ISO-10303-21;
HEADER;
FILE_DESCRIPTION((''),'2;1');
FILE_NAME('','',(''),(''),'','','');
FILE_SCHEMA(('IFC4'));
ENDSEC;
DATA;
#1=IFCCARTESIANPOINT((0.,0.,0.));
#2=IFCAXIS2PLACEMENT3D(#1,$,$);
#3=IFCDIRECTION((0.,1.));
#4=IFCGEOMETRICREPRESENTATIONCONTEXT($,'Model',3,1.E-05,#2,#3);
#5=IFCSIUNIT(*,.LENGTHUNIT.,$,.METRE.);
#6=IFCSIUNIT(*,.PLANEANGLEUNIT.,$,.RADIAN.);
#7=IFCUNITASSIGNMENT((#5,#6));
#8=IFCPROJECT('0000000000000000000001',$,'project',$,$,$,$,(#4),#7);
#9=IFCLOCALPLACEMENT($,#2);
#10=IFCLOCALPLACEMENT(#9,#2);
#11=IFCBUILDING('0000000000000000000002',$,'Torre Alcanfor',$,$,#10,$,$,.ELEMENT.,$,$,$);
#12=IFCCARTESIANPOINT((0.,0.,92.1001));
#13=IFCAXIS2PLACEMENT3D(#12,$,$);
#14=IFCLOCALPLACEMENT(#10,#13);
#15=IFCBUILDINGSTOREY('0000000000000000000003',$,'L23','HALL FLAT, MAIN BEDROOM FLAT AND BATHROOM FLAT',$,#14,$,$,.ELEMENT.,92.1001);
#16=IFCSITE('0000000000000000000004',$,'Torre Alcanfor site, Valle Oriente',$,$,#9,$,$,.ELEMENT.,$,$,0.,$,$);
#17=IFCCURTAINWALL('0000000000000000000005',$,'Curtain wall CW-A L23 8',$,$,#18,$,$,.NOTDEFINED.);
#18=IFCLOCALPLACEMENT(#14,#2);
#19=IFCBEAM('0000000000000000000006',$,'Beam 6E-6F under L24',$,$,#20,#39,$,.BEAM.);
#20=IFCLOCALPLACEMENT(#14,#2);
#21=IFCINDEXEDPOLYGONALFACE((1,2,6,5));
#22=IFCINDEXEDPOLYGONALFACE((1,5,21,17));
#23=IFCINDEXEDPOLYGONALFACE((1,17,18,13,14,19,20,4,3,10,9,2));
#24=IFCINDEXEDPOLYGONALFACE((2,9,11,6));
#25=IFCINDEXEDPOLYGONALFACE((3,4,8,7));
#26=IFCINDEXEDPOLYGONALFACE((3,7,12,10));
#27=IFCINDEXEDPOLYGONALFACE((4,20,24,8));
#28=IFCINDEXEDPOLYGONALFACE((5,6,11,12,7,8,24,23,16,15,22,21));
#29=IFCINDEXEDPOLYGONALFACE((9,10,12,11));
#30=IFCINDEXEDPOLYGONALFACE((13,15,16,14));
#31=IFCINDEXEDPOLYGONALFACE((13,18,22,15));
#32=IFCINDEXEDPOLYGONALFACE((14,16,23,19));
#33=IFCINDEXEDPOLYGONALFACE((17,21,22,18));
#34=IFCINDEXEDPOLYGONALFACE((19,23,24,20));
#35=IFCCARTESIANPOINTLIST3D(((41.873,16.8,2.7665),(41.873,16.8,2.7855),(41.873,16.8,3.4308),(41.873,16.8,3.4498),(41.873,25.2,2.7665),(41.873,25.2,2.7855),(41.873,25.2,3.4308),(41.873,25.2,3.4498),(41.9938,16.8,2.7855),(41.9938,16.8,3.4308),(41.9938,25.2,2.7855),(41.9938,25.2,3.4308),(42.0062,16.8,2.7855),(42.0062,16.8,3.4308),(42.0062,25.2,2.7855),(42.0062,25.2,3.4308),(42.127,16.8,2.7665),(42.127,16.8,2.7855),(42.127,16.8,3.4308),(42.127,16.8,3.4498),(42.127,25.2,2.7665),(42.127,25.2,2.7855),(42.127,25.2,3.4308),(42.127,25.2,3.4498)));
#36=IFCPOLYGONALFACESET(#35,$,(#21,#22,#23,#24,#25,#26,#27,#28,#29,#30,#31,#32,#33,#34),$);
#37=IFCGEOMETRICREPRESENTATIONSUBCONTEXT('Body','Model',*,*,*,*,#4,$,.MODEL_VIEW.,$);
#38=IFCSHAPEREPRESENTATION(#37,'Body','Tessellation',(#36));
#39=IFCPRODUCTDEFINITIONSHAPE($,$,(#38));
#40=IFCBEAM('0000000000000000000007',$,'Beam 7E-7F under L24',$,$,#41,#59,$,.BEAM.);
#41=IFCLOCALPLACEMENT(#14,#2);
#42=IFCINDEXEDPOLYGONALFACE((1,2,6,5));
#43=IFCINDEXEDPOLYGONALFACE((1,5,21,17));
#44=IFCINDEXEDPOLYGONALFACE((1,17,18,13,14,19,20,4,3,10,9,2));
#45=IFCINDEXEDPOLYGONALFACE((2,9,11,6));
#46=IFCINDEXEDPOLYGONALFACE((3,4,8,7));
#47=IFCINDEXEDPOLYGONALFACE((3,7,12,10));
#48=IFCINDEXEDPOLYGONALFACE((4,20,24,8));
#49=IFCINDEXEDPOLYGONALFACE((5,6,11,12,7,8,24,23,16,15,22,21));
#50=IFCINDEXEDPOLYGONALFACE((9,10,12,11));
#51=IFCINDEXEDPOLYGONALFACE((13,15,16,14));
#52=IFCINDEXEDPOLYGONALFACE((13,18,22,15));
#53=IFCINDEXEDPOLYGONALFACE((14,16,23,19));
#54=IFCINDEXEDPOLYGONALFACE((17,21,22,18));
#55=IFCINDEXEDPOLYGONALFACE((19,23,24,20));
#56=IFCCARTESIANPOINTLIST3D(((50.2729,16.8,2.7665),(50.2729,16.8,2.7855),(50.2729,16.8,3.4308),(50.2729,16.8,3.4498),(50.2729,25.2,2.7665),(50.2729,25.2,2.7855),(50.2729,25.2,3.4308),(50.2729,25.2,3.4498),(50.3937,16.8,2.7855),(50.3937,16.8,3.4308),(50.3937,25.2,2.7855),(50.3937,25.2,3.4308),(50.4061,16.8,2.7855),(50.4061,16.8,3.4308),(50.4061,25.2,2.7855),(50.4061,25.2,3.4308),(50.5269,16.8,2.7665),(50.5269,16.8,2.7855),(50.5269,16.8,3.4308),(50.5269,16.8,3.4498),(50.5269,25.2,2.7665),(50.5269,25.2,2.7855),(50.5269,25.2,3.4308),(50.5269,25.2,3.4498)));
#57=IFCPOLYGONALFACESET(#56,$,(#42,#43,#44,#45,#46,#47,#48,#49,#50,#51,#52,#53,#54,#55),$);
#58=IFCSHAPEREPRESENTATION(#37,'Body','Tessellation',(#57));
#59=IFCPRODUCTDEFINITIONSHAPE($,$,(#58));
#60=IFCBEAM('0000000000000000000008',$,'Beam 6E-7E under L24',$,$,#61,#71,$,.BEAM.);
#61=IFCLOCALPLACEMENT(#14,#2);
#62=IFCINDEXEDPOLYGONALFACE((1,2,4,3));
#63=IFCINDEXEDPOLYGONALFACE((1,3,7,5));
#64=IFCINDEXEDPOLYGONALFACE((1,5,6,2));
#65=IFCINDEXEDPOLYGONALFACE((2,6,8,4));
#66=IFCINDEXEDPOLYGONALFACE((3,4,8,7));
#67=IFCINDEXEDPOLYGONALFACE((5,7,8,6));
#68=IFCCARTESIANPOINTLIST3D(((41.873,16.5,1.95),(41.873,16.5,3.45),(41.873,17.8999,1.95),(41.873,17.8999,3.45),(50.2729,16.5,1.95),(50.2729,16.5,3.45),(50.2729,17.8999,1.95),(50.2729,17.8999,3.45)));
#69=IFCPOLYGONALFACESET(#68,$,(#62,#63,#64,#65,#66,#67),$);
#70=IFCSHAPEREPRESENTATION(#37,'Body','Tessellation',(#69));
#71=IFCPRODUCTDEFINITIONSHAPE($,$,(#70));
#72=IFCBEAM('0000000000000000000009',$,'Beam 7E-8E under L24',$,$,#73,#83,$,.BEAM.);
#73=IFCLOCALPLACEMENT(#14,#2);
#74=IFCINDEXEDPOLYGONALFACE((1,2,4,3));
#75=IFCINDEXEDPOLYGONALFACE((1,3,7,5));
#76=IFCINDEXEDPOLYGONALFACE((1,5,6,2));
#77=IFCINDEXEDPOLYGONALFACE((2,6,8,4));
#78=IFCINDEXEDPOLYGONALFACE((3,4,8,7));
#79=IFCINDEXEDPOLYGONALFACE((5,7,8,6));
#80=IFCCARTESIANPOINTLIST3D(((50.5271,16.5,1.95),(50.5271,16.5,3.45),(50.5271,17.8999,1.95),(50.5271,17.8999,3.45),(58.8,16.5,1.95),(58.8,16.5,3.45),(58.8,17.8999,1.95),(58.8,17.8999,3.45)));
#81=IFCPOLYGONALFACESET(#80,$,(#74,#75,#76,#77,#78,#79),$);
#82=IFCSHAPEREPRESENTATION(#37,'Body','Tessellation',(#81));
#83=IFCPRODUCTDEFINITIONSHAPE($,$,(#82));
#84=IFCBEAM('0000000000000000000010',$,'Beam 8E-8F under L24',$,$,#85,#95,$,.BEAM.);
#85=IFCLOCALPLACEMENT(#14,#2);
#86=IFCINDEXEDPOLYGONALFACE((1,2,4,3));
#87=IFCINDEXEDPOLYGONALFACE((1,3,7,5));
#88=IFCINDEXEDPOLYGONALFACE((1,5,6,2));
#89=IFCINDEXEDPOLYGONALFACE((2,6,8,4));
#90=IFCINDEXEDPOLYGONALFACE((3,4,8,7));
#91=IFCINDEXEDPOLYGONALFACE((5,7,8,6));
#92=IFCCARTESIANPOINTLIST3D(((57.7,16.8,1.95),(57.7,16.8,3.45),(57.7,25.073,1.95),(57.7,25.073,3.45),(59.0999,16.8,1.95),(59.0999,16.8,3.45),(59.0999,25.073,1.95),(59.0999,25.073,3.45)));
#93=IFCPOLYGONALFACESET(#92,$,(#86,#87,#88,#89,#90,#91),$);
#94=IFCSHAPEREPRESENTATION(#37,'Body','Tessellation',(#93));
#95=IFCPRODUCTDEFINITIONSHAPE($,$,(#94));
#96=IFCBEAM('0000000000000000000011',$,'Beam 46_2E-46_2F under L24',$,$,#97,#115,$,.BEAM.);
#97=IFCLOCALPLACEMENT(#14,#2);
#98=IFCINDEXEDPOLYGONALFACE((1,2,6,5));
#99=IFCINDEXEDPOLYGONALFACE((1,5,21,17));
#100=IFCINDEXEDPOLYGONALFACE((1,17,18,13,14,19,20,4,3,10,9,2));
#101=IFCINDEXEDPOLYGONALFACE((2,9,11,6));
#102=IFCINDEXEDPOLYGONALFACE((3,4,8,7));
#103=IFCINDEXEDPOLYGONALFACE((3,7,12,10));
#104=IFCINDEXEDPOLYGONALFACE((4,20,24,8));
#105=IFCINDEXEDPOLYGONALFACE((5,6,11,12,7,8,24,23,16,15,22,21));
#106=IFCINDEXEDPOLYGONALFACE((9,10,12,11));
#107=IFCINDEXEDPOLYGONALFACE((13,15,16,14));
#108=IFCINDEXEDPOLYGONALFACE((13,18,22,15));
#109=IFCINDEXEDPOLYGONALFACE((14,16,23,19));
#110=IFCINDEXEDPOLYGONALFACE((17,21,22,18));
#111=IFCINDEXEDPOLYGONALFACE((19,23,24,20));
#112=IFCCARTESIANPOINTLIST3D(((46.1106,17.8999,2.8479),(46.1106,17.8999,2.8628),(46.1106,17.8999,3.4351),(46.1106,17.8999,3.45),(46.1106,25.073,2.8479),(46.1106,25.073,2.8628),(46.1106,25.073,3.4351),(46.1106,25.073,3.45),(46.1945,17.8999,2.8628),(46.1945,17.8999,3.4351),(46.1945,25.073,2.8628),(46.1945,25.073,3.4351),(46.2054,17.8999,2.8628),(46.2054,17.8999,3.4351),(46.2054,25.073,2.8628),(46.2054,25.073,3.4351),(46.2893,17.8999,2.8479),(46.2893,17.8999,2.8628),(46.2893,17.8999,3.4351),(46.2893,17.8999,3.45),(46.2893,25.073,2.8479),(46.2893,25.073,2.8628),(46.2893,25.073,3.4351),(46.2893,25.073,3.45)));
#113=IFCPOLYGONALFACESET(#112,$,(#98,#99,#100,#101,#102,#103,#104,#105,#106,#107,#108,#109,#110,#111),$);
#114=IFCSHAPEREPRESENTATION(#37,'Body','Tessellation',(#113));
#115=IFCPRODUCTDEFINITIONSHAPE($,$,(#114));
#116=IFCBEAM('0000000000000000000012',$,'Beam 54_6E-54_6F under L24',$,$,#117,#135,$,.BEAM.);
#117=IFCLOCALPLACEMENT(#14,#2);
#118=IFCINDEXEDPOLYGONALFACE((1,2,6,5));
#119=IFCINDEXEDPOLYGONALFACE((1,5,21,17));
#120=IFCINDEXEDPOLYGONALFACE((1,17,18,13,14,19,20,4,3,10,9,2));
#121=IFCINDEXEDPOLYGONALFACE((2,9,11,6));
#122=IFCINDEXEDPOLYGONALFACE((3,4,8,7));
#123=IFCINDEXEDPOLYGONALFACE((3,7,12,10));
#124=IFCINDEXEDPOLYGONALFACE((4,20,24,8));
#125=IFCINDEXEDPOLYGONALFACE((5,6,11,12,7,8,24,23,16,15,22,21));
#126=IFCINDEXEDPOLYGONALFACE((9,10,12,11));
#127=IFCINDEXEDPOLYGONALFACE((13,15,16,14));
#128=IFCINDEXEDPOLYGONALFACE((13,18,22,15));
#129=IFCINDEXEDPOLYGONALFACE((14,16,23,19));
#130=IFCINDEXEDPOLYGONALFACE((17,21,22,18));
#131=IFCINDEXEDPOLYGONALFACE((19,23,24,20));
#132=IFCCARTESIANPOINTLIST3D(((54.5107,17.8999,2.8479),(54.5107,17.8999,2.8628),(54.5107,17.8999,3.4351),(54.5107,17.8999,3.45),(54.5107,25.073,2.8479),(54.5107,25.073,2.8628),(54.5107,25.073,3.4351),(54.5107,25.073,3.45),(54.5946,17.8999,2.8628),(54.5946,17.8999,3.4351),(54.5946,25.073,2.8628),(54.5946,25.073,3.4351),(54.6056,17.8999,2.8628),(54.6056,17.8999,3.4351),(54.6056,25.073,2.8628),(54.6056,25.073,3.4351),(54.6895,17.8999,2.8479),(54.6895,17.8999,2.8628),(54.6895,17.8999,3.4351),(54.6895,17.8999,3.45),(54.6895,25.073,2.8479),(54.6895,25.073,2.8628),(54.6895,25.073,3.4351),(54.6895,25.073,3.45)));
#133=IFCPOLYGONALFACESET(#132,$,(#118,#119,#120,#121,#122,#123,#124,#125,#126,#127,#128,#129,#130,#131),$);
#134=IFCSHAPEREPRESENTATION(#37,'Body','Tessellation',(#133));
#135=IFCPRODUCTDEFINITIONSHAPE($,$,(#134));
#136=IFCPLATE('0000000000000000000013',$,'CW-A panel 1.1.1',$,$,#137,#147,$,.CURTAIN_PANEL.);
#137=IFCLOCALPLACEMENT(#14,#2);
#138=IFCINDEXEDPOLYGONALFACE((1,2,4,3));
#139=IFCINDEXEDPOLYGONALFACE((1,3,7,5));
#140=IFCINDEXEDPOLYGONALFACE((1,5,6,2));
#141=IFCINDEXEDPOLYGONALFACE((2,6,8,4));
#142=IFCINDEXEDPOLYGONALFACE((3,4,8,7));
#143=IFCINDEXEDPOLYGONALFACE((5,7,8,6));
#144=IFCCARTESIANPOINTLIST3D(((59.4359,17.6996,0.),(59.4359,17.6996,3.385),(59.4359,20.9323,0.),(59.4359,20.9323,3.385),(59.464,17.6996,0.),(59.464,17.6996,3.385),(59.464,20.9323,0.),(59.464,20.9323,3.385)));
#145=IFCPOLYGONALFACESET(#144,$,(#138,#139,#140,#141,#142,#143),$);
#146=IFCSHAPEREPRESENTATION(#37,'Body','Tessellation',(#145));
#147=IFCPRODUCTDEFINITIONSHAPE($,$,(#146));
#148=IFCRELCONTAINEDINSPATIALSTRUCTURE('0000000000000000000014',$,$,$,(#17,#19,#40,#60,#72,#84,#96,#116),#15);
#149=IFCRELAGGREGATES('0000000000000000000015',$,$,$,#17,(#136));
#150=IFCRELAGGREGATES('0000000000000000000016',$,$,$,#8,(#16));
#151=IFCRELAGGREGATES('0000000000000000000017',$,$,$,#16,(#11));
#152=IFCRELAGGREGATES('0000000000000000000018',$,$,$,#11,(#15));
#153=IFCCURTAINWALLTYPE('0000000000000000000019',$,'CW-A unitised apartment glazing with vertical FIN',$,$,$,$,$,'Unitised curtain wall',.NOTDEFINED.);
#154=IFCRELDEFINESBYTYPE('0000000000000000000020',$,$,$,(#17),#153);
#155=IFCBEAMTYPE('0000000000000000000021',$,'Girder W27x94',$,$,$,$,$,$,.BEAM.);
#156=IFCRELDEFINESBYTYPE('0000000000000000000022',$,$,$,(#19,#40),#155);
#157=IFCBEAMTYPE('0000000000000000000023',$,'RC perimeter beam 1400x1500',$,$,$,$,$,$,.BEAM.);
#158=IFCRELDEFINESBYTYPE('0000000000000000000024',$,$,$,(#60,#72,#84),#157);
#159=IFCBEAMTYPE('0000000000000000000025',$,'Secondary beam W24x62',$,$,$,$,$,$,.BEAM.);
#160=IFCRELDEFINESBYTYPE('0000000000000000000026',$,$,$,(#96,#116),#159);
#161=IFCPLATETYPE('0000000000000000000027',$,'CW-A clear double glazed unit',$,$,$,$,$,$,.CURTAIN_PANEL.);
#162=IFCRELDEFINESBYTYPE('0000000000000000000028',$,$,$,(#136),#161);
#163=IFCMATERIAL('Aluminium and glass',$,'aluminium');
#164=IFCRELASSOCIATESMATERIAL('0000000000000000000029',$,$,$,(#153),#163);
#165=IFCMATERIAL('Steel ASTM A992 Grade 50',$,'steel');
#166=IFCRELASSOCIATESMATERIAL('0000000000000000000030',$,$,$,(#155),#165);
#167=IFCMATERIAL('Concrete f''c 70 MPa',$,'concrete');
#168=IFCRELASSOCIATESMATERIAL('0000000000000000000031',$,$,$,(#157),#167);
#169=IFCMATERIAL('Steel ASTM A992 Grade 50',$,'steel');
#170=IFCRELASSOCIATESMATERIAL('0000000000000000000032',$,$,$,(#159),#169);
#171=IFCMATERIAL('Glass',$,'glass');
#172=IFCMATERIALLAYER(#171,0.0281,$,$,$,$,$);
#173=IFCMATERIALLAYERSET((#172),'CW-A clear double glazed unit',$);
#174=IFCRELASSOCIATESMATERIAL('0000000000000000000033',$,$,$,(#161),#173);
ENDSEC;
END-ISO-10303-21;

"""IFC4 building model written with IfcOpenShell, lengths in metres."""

from ifc_helpers import new_model, si_unit, direction, frame, origin, origin_2d, place, context, subcontext, project, spatial, rectangle, i_section, extrude, material, layer, layer_set, material_profile, profile_set, type_object, element, aggregate, save


model = new_model("IFC4")

# Units and contexts
model_context = context("Model", 3, precision=1e-05, world=origin(), true_north=direction((0.0, 1.0)))
body_context = subcontext(model_context, "Body", "Model", "MODEL_VIEW")
ifc_project = project(units=[si_unit("LENGTHUNIT", "METRE"), si_unit("PLANEANGLEUNIT", "RADIAN")], contexts=[model_context])

# Site, building, storey
site_placement = place(None, origin())
site = spatial("IfcSite", under=ifc_project, at=site_placement, Name="Torre Alcanfor site, Valle Oriente", CompositionType="ELEMENT", RefElevation=0.0)
building_placement = place(site_placement, origin())
building = spatial("IfcBuilding", under=site, at=building_placement, Name="Torre Alcanfor", CompositionType="ELEMENT")
storey_placement = place(building_placement, frame((0.0, 0.0, 92.1001)))
storey = spatial("IfcBuildingStorey", under=building, at=storey_placement, Name="L23", Description="HALL FLAT, MAIN BEDROOM FLAT AND BATHROOM FLAT", CompositionType="ELEMENT", Elevation=92.1001)

# Curtain wall
ifc_material_1 = material(Name="Aluminium and glass", Category="aluminium")
curtain_wall_type = type_object("IfcCurtainWallType", Name="CW-A unitised apartment glazing with vertical FIN", ElementType="Unitised curtain wall", PredefinedType="NOTDEFINED", material=ifc_material_1)
curtain_wall_placement = place(storey_placement, origin())
curtain_wall = element("IfcCurtainWall", 1, at=curtain_wall_placement, inside=storey, type_object=curtain_wall_type, Name="Curtain wall CW-A L23 8", PredefinedType="NOTDEFINED")

# Beams
ifc_material_2 = material(Name="Steel ASTM A992 Grade 50", Category="steel")
ifc_material_profile_1 = material_profile(ifc_material_2, i_section(OverallWidth=0.2539, OverallDepth=0.6833, WebThickness=0.0125, FlangeThickness=0.019, at=origin_2d()), Name="W27x94")
ifc_profile_set_1 = profile_set([ifc_material_profile_1], Name="Steel ASTM A992 Grade 50")
beam_type_1 = type_object("IfcBeamType", Name="Girder W27x94", PredefinedType="BEAM", material=ifc_profile_set_1)
for number, where, z_axis, x_axis, name in (
    (2, (42.0, 16.8, 3.1082), (0.0, 1.0, 0.0), (-1.0, 0.0, 0.0), "Beam 6E-6F under L24"),
    (3, (50.3999, 16.8, 3.1082), (0.0, 1.0, 0.0), (-1.0, 0.0, 0.0), "Beam 7E-7F under L24"),
):
    element("IfcBeam", number, at=place(storey_placement, frame(where, z_axis=z_axis, x_axis=x_axis)), inside=storey, type_object=beam_type_1, Name=name, PredefinedType="BEAM", context=body_context, shape_type="SweptSolid", body=[
        extrude(i_section(OverallWidth=0.2539, OverallDepth=0.6833, WebThickness=0.0125, FlangeThickness=0.019, at=origin_2d()), origin(), (0.0, 0.0, 1.0), 8.3999),
    ])
ifc_material_3 = material(Name="Concrete f'c 70 MPa", Category="concrete")
ifc_material_profile_2 = material_profile(ifc_material_3, rectangle(XDim=1.3999, YDim=1.5, at=origin_2d()), Name="1400x1500")
ifc_profile_set_2 = profile_set([ifc_material_profile_2], Name="Concrete f'c 70 MPa")
beam_type_2 = type_object("IfcBeamType", Name="RC perimeter beam 1400x1500", PredefinedType="BEAM", material=ifc_profile_set_2)
beam_placement = place(storey_placement, frame((41.873, 17.2, 2.7), z_axis=(1.0, 0.0, 0.0), x_axis=(0.0, 1.0, 0.0)))
element("IfcBeam", 4, at=beam_placement, inside=storey, type_object=beam_type_2, Name="Beam 6E-7E under L24", PredefinedType="BEAM", context=body_context, shape_type="SweptSolid", body=[
    extrude(rectangle(XDim=1.3999, YDim=1.5, at=origin_2d()), origin(), (0.0, 0.0, 1.0), 8.3999),
])
for number, where, z_axis, x_axis, name in (
    (5, (50.5271, 17.2, 2.7), (1.0, 0.0, 0.0), (0.0, 1.0, 0.0), "Beam 7E-8E under L24"),
    (6, (58.3999, 16.8, 2.7), (0.0, 1.0, 0.0), (-1.0, 0.0, 0.0), "Beam 8E-8F under L24"),
):
    element("IfcBeam", number, at=place(storey_placement, frame(where, z_axis=z_axis, x_axis=x_axis)), inside=storey, type_object=beam_type_2, Name=name, PredefinedType="BEAM", context=body_context, shape_type="SweptSolid", body=[
        extrude(rectangle(XDim=1.3999, YDim=1.5, at=origin_2d()), origin(), (0.0, 0.0, 1.0), 8.2729),
    ])
ifc_material_4 = material(Name="Steel ASTM A992 Grade 50", Category="steel")
ifc_material_profile_3 = material_profile(ifc_material_4, i_section(OverallWidth=0.1787, OverallDepth=0.6021, WebThickness=0.011, FlangeThickness=0.0149, at=origin_2d()), Name="W24x62")
ifc_profile_set_3 = profile_set([ifc_material_profile_3], Name="Steel ASTM A992 Grade 50")
beam_type_3 = type_object("IfcBeamType", Name="Secondary beam W24x62", PredefinedType="BEAM", material=ifc_profile_set_3)
for number, where, z_axis, x_axis, name in (
    (7, (46.2, 17.8999, 3.1489), (0.0, 1.0, 0.0), (-1.0, 0.0, 0.0), "Beam 46_2E-46_2F under L24"),
    (8, (54.6001, 17.8999, 3.1489), (0.0, 1.0, 0.0), (-1.0, 0.0, 0.0), "Beam 54_6E-54_6F under L24"),
):
    element("IfcBeam", number, at=place(storey_placement, frame(where, z_axis=z_axis, x_axis=x_axis)), inside=storey, type_object=beam_type_3, Name=name, PredefinedType="BEAM", context=body_context, shape_type="SweptSolid", body=[
        extrude(i_section(OverallWidth=0.1787, OverallDepth=0.6021, WebThickness=0.011, FlangeThickness=0.0149, at=origin_2d()), origin(), (0.0, 0.0, 1.0), 7.1731),
    ])

# Plate
ifc_material_5 = material(Name="Glass", Category="glass")
ifc_layer = layer(ifc_material_5, 0.0281)
ifc_layer_set = layer_set([ifc_layer], Name="CW-A clear double glazed unit")
plate_type = type_object("IfcPlateType", Name="CW-A clear double glazed unit", PredefinedType="CURTAIN_PANEL", material=ifc_layer_set)
plate_placement = place(storey_placement, frame((59.45, 19.3159, 0.0), z_axis=(0.0, 0.0, 1.0), x_axis=(0.0, 1.0, 0.0)))
plate = element("IfcPlate", 9, at=plate_placement, type_object=plate_type, Name="CW-A panel 1.1.1", PredefinedType="CURTAIN_PANEL", context=body_context, shape_type="SweptSolid", body=[
    extrude(rectangle(XDim=3.2327, YDim=0.0281, at=origin_2d()), origin(), (0.0, 0.0, 1.0), 3.385),
])
aggregate(curtain_wall, [plate])

save(model, "model.ifc")
